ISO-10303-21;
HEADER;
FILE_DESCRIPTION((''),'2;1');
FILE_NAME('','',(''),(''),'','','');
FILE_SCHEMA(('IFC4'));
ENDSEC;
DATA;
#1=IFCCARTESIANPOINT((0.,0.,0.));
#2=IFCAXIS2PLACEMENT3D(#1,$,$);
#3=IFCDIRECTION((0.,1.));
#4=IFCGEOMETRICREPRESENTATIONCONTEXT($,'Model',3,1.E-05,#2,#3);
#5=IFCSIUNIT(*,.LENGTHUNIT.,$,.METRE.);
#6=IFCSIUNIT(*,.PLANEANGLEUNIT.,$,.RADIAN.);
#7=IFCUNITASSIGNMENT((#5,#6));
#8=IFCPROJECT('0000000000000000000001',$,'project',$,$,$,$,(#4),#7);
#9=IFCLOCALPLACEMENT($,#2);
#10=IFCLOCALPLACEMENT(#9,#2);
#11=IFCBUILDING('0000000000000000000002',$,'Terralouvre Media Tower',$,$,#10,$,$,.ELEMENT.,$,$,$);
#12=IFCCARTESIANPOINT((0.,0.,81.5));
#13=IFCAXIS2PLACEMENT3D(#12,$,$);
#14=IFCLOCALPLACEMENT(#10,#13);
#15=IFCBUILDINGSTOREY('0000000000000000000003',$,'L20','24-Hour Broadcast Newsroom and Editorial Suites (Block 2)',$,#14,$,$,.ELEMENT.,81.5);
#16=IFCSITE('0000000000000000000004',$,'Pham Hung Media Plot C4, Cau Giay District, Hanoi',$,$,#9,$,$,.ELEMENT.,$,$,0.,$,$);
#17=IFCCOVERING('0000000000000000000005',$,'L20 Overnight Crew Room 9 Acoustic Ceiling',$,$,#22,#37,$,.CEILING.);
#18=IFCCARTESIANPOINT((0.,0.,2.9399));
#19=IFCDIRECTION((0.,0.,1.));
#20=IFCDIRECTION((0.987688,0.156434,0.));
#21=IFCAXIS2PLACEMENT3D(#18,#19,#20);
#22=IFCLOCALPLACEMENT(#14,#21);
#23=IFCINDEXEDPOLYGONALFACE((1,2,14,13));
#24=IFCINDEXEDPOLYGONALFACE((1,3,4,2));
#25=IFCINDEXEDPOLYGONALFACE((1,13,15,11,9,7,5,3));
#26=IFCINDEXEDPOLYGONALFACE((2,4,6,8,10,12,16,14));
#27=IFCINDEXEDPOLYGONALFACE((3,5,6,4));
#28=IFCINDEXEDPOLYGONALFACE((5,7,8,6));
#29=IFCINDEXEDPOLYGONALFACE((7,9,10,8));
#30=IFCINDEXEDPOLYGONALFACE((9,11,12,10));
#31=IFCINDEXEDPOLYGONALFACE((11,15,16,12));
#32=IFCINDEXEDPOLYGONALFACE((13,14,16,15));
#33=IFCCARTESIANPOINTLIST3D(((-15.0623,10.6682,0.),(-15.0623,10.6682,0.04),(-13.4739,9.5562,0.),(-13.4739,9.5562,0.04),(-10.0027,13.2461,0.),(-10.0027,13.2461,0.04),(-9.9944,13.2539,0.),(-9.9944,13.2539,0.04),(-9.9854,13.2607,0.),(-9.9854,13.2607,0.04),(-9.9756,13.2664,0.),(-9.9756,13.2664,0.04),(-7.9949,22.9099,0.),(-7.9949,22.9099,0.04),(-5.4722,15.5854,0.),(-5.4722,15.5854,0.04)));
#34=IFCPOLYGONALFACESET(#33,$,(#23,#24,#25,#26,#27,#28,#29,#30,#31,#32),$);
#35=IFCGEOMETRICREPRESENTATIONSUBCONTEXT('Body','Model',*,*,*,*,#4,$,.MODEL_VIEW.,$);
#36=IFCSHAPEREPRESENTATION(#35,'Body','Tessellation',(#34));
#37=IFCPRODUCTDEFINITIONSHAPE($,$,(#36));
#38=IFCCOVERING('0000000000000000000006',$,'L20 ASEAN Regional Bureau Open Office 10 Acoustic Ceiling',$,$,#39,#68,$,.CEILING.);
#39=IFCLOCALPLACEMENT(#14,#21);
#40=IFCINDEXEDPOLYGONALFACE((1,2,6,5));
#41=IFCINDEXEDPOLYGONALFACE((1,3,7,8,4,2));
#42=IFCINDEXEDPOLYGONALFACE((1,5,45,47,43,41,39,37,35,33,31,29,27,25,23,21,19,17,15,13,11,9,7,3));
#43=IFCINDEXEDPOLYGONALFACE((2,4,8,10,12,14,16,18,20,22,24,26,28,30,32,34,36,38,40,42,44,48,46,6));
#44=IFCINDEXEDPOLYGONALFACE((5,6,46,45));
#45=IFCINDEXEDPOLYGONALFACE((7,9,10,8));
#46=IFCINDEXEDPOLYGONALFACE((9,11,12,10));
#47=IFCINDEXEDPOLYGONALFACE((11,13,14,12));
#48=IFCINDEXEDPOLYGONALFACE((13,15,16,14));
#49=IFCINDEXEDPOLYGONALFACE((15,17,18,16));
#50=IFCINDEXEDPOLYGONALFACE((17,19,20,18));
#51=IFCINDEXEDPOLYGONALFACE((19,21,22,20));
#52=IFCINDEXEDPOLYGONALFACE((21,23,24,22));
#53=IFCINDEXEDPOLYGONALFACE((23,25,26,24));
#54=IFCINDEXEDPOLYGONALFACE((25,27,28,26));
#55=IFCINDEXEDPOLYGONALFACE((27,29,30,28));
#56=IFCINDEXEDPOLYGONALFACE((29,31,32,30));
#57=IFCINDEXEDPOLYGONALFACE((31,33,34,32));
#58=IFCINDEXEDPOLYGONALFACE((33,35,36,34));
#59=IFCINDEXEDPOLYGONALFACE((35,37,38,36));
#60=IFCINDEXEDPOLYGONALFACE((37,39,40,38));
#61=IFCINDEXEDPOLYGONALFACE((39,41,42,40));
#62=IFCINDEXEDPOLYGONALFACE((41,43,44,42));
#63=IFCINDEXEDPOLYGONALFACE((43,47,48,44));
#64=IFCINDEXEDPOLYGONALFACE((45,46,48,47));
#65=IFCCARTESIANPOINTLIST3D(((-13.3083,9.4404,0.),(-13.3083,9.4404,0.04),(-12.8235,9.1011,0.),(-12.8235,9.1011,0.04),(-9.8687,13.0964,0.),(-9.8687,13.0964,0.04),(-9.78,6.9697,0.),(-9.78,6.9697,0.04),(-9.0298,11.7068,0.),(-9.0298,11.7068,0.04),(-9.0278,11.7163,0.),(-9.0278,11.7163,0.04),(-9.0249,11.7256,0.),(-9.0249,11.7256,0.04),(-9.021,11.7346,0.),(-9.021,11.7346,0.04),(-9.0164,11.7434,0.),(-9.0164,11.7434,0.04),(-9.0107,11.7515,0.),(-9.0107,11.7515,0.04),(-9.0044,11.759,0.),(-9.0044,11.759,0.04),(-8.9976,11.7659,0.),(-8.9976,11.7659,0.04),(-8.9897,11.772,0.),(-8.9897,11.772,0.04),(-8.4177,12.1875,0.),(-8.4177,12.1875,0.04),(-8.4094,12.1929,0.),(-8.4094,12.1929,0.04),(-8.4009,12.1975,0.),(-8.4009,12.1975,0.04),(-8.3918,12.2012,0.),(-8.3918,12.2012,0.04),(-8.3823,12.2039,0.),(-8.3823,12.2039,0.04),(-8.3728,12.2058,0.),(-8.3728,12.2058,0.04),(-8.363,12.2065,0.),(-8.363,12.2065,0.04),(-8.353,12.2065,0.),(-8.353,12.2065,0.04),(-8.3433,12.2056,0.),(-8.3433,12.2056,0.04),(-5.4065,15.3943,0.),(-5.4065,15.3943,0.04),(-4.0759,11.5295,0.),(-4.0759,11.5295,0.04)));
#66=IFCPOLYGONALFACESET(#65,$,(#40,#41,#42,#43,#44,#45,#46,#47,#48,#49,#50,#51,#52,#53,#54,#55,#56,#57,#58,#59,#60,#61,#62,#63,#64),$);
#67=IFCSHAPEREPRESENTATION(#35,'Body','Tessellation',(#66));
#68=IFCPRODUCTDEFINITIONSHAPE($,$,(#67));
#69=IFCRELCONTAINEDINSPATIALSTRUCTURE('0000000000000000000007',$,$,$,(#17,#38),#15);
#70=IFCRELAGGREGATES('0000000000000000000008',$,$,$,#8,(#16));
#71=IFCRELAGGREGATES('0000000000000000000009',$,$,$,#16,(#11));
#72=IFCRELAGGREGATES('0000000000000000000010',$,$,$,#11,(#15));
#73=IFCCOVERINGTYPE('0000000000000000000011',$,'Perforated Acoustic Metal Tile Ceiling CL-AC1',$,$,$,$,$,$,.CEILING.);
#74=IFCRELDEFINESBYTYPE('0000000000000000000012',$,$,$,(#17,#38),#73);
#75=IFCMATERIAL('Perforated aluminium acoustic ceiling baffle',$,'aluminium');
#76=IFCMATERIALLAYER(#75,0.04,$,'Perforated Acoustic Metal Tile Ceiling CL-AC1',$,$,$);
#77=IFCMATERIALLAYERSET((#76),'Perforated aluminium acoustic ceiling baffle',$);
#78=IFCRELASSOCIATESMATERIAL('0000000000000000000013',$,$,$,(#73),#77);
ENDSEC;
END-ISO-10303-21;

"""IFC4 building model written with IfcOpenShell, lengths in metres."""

from ifc_helpers import new_model, si_unit, direction, frame, origin, place, context, subcontext, project, spatial, polyline, outline, extrude, material, layer, layer_set, type_object, element, save


model = new_model("IFC4")

# Units and contexts
model_context = context("Model", 3, precision=1e-05, world=origin(), true_north=direction((0.0, 1.0)))
body_context = subcontext(model_context, "Body", "Model", "MODEL_VIEW")
ifc_project = project(units=[si_unit("LENGTHUNIT", "METRE"), si_unit("PLANEANGLEUNIT", "RADIAN")], contexts=[model_context])

# Site, building, storey
site_placement = place(None, origin())
site = spatial("IfcSite", under=ifc_project, at=site_placement, Name="Pham Hung Media Plot C4, Cau Giay District, Hanoi", CompositionType="ELEMENT", RefElevation=0.0)
building_placement = place(site_placement, origin())
building = spatial("IfcBuilding", under=site, at=building_placement, Name="Terralouvre Media Tower", CompositionType="ELEMENT")
storey_placement = place(building_placement, frame((0.0, 0.0, 81.5)))
storey = spatial("IfcBuildingStorey", under=building, at=storey_placement, Name="L20", Description="24-Hour Broadcast Newsroom and Editorial Suites (Block 2)", CompositionType="ELEMENT", Elevation=81.5)

# Coverings
ifc_material_1 = material(Name="Perforated aluminium acoustic ceiling baffle", Category="aluminium")
ifc_layer_1 = layer(ifc_material_1, 0.04, Name="Perforated Acoustic Metal Tile Ceiling CL-AC1")
ifc_layer_set_1 = layer_set([ifc_layer_1], Name="Perforated aluminium acoustic ceiling baffle")
covering_type_1 = type_object("IfcCoveringType", Name="Perforated Acoustic Metal Tile Ceiling CL-AC1", PredefinedType="CEILING", material=ifc_layer_set_1)
covering_1_placement = place(storey_placement, frame((0.0, 0.0, 2.9399), z_axis=(0.0, 0.0, 1.0), x_axis=(0.987688, 0.156434, 0.0)))
element("IfcCovering", 1, at=covering_1_placement, inside=storey, type_object=covering_type_1, Name="L20 Overnight Crew Room 9 Acoustic Ceiling", PredefinedType="CEILING", context=body_context, shape_type="SweptSolid", body=[
    extrude(outline(polyline([(-10.0027, 13.2461), (-9.9944, 13.2539), (-9.9854, 13.2607), (-9.9756, 13.2664), (-5.4722, 15.5854), (-7.9949, 22.9099), (-15.0623, 10.6682), (-13.4739, 9.5562), (-10.0027, 13.2461)])), origin(), (0.0, 0.0, 1.0), 0.04),
])
covering_2_placement = place(storey_placement, frame((0.0, 0.0, 2.9399), z_axis=(0.0, 0.0, 1.0), x_axis=(0.987688, 0.156434, 0.0)))
element("IfcCovering", 2, at=covering_2_placement, inside=storey, type_object=covering_type_1, Name="L20 ASEAN Regional Bureau Open Office 10 Acoustic Ceiling", PredefinedType="CEILING", context=body_context, shape_type="SweptSolid", body=[
    extrude(outline(polyline([(-9.8687, 13.0964), (-13.3083, 9.4404), (-12.8235, 9.1011), (-9.78, 6.9697), (-9.0298, 11.7068), (-9.0278, 11.7163), (-9.0249, 11.7256), (-9.021, 11.7346), (-9.0164, 11.7434), (-9.0107, 11.7515), (-9.0044, 11.759), (-8.9976, 11.7659), (-8.9897, 11.772), (-8.4177, 12.1875), (-8.4094, 12.1929), (-8.4009, 12.1975), (-8.3918, 12.2012), (-8.3823, 12.2039), (-8.3728, 12.2058), (-8.363, 12.2065), (-8.353, 12.2065), (-8.3433, 12.2056), (-4.0759, 11.5295), (-5.4065, 15.3943), (-9.8687, 13.0964)])), origin(), (0.0, 0.0, 1.0), 0.04),
])

save(model, "model.ifc")
